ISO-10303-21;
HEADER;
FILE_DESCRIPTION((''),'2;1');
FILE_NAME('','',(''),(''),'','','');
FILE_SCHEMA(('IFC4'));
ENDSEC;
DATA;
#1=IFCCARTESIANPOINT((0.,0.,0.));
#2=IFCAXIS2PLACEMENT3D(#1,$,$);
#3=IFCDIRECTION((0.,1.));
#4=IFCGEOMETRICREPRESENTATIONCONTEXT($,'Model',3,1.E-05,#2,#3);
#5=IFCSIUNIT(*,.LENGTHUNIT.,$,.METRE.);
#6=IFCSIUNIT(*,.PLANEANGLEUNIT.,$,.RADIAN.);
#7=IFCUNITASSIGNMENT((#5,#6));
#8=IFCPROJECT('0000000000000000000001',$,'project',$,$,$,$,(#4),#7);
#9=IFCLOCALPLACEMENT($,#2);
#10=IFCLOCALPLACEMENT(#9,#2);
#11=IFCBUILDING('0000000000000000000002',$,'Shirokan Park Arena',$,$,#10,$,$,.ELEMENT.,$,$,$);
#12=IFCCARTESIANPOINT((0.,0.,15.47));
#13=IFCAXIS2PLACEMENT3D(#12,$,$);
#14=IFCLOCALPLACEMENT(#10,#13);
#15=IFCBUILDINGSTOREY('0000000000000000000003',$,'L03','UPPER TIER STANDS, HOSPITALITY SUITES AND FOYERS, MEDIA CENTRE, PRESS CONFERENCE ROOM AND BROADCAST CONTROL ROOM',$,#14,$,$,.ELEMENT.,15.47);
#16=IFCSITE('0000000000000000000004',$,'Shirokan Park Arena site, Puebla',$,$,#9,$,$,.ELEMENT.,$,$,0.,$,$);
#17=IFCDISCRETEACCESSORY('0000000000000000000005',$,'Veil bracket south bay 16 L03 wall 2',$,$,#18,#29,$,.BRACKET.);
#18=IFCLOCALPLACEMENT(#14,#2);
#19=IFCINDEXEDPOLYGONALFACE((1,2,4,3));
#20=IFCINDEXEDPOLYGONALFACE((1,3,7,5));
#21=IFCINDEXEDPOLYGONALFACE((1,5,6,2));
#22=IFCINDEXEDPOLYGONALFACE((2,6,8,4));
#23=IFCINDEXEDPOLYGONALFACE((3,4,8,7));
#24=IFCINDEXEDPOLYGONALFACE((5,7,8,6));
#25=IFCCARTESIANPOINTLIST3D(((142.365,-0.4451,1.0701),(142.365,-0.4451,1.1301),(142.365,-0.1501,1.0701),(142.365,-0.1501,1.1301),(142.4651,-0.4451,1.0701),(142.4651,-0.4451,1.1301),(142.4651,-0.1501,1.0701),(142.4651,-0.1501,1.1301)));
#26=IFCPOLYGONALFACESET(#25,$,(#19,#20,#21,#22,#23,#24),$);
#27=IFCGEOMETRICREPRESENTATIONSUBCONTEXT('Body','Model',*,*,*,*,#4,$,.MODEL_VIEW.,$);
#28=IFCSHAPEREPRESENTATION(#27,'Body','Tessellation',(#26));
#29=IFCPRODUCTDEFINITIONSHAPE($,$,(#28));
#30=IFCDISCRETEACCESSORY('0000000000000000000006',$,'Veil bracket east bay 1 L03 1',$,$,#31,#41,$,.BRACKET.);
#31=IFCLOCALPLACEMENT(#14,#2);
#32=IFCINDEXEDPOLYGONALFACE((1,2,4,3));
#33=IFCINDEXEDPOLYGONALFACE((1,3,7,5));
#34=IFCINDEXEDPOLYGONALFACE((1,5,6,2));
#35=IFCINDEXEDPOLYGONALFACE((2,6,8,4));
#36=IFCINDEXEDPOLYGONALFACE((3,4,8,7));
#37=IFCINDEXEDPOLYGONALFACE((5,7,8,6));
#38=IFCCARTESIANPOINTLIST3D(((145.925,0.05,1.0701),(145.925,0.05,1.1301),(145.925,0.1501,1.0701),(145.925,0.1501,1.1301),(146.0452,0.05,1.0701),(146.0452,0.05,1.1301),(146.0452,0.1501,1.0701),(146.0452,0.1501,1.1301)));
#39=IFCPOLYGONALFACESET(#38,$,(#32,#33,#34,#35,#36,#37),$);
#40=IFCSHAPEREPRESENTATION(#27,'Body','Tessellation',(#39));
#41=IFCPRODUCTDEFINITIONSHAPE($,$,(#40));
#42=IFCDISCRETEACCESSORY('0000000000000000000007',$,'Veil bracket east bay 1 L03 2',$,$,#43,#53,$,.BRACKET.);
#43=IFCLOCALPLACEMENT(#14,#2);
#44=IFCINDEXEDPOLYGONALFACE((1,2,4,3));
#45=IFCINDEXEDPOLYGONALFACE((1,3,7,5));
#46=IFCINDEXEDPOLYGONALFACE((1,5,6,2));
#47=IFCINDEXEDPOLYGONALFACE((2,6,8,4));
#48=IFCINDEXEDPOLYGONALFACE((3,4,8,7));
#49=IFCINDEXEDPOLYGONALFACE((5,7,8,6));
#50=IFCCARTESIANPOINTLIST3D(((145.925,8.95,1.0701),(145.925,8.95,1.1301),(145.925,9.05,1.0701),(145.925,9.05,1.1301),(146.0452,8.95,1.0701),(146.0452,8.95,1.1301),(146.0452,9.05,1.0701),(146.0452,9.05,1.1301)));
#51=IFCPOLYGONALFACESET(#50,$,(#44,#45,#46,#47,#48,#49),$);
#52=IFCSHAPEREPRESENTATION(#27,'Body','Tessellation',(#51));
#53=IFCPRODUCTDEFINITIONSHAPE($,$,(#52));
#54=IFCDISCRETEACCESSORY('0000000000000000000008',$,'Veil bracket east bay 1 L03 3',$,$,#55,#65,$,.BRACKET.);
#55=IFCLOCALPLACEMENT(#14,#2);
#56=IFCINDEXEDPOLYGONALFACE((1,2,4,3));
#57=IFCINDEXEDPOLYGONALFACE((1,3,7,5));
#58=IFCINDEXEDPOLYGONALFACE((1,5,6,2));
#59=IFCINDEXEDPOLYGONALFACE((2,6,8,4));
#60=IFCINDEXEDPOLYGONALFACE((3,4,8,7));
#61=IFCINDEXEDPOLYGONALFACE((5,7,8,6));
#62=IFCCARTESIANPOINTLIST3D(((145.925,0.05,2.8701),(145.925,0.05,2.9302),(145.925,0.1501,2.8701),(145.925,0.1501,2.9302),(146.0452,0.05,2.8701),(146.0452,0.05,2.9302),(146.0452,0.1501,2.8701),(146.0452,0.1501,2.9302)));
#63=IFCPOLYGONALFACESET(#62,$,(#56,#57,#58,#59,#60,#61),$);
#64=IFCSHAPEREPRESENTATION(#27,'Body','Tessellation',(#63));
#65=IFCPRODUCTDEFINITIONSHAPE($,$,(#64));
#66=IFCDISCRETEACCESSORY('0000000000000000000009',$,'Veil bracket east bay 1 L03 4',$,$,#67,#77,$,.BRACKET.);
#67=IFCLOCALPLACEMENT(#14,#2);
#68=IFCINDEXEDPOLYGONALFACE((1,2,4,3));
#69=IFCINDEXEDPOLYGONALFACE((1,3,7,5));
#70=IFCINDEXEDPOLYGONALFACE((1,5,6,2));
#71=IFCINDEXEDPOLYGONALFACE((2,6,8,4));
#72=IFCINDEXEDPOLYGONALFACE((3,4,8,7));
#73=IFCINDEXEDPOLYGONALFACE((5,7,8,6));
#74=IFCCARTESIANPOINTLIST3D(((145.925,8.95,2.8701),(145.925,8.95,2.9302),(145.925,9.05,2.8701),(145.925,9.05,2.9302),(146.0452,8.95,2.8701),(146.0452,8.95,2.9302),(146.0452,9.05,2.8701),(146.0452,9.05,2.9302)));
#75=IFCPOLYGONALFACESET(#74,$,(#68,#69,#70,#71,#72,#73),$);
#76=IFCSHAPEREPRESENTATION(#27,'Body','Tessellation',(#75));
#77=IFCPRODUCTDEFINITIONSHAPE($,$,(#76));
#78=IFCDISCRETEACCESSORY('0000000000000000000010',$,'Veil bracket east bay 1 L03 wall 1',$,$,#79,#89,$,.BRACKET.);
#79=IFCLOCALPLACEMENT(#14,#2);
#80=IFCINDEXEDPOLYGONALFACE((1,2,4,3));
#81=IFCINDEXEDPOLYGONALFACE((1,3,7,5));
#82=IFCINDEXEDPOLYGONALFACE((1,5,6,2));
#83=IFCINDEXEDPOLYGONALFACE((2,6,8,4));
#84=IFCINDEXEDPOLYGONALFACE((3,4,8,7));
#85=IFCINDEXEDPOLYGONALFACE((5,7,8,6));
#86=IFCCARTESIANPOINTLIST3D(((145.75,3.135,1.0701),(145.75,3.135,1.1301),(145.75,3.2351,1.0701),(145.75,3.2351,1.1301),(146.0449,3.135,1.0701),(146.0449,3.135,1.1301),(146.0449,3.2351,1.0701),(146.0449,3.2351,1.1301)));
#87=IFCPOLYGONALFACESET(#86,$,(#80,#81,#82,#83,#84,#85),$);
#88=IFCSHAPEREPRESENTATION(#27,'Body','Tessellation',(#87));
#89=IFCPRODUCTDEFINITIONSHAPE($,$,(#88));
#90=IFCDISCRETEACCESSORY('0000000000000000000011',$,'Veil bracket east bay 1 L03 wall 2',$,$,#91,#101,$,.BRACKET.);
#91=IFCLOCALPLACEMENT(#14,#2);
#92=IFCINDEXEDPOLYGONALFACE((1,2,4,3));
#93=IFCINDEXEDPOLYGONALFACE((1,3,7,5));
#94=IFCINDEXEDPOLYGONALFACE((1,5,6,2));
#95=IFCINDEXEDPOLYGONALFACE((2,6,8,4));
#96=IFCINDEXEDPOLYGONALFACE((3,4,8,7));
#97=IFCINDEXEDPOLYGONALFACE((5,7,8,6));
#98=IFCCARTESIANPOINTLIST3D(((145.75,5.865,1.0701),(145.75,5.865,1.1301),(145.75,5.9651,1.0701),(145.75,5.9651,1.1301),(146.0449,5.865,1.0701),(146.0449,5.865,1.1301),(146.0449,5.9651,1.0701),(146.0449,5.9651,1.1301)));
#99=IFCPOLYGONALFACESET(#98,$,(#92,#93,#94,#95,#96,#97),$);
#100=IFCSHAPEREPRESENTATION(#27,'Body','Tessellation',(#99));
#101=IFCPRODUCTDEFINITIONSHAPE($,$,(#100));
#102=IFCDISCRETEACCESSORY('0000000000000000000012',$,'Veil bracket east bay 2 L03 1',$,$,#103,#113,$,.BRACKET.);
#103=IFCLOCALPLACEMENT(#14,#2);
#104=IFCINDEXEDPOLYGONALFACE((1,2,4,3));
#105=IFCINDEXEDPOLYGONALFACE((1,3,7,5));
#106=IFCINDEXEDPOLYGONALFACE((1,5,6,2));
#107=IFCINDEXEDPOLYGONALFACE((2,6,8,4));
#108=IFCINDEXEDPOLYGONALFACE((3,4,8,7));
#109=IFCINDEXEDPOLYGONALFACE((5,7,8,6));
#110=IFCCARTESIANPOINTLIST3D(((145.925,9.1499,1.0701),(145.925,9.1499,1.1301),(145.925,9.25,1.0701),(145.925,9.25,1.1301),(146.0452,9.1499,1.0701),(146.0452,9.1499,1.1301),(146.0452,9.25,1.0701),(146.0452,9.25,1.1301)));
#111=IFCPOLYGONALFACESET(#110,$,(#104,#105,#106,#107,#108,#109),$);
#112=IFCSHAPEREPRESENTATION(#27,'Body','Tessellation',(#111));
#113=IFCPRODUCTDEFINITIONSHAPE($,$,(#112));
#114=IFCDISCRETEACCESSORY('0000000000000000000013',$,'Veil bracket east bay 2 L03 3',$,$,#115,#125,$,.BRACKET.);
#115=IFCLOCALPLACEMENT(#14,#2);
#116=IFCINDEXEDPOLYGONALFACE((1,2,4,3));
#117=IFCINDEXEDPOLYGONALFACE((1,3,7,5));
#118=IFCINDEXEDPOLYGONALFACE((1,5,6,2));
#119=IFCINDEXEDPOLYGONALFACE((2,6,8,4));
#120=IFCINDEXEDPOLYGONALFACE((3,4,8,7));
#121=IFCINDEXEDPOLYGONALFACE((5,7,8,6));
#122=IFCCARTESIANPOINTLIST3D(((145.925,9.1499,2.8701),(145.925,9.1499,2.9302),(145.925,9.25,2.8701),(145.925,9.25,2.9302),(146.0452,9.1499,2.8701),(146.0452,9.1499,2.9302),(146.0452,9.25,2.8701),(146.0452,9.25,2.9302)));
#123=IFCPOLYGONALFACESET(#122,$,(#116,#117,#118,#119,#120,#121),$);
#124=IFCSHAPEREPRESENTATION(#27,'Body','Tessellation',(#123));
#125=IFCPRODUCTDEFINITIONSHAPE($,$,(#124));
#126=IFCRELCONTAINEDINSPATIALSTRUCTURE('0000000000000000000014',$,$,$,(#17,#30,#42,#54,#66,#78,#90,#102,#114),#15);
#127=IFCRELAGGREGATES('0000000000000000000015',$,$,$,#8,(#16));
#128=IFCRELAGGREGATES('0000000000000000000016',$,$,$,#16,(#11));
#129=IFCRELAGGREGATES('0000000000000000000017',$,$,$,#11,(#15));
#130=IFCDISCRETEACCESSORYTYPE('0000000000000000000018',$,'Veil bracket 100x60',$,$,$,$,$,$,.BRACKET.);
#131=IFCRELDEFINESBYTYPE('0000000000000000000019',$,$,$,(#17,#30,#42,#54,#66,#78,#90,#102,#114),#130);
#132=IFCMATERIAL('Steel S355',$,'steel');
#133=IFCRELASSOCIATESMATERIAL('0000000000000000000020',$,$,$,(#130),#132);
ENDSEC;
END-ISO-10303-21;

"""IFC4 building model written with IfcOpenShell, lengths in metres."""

from ifc_helpers import new_model, si_unit, direction, frame, origin, origin_2d, place, context, subcontext, project, spatial, rectangle, extrude, material, type_object, element, save


model = new_model("IFC4")

# Units and contexts
model_context = context("Model", 3, precision=1e-05, world=origin(), true_north=direction((0.0, 1.0)))
body_context = subcontext(model_context, "Body", "Model", "MODEL_VIEW")
ifc_project = project(units=[si_unit("LENGTHUNIT", "METRE"), si_unit("PLANEANGLEUNIT", "RADIAN")], contexts=[model_context])

# Site, building, storey
site_placement = place(None, origin())
site = spatial("IfcSite", under=ifc_project, at=site_placement, Name="Shirokan Park Arena site, Puebla", CompositionType="ELEMENT", RefElevation=0.0)
building_placement = place(site_placement, origin())
building = spatial("IfcBuilding", under=site, at=building_placement, Name="Shirokan Park Arena", CompositionType="ELEMENT")
storey_placement = place(building_placement, frame((0.0, 0.0, 15.47)))
storey = spatial("IfcBuildingStorey", under=building, at=storey_placement, Name="L03", Description="UPPER TIER STANDS, HOSPITALITY SUITES AND FOYERS, MEDIA CENTRE, PRESS CONFERENCE ROOM AND BROADCAST CONTROL ROOM", CompositionType="ELEMENT", Elevation=15.47)

# Discrete accessories
ifc_material_1 = material(Name="Steel S355", Category="steel")
discrete_accessory_type = type_object("IfcDiscreteAccessoryType", Name="Veil bracket 100x60", PredefinedType="BRACKET", material=ifc_material_1)
discrete_accessory_placement = place(storey_placement, frame((142.415, -0.2976, 1.0701), z_axis=(0.0, 0.0, 1.0), x_axis=(1.0, 0.0, 0.0)))
element("IfcDiscreteAccessory", 1, at=discrete_accessory_placement, inside=storey, type_object=discrete_accessory_type, Name="Veil bracket south bay 16 L03 wall 2", PredefinedType="BRACKET", context=body_context, shape_type="SweptSolid", body=[
    extrude(rectangle(XDim=0.1001, YDim=0.2949, at=origin_2d()), origin(), (0.0, 0.0, 1.0), 0.0601),
])
for number, where, z_axis, x_axis, name in (
    (2, (145.9851, 0.1001, 1.0701), (0.0, 0.0, 1.0), (0.0, 1.0, 0.0), "Veil bracket east bay 1 L03 1"),
    (3, (145.9851, 9.0, 1.0701), (0.0, 0.0, 1.0), (0.0, 1.0, 0.0), "Veil bracket east bay 1 L03 2"),
    (4, (145.9851, 0.1001, 2.8701), (0.0, 0.0, 1.0), (0.0, 1.0, 0.0), "Veil bracket east bay 1 L03 3"),
    (5, (145.9851, 9.0, 2.8701), (0.0, 0.0, 1.0), (0.0, 1.0, 0.0), "Veil bracket east bay 1 L03 4"),
):
    element("IfcDiscreteAccessory", number, at=place(storey_placement, frame(where, z_axis=z_axis, x_axis=x_axis)), inside=storey, type_object=discrete_accessory_type, Name=name, PredefinedType="BRACKET", context=body_context, shape_type="SweptSolid", body=[
        extrude(rectangle(XDim=0.1001, YDim=0.1201, at=origin_2d()), origin(), (0.0, 0.0, 1.0), 0.0601),
    ])
for number, where, z_axis, x_axis, name in (
    (6, (145.8975, 3.1851, 1.0701), (0.0, 0.0, 1.0), (0.0, 1.0, 0.0), "Veil bracket east bay 1 L03 wall 1"),
    (7, (145.8975, 5.915, 1.0701), (0.0, 0.0, 1.0), (0.0, 1.0, 0.0), "Veil bracket east bay 1 L03 wall 2"),
):
    element("IfcDiscreteAccessory", number, at=place(storey_placement, frame(where, z_axis=z_axis, x_axis=x_axis)), inside=storey, type_object=discrete_accessory_type, Name=name, PredefinedType="BRACKET", context=body_context, shape_type="SweptSolid", body=[
        extrude(rectangle(XDim=0.1001, YDim=0.2949, at=origin_2d()), origin(), (0.0, 0.0, 1.0), 0.0601),
    ])
for number, where, z_axis, x_axis, name in (
    (8, (145.9851, 9.2, 1.0701), (0.0, 0.0, 1.0), (0.0, 1.0, 0.0), "Veil bracket east bay 2 L03 1"),
    (9, (145.9851, 9.2, 2.8701), (0.0, 0.0, 1.0), (0.0, 1.0, 0.0), "Veil bracket east bay 2 L03 3"),
):
    element("IfcDiscreteAccessory", number, at=place(storey_placement, frame(where, z_axis=z_axis, x_axis=x_axis)), inside=storey, type_object=discrete_accessory_type, Name=name, PredefinedType="BRACKET", context=body_context, shape_type="SweptSolid", body=[
        extrude(rectangle(XDim=0.1001, YDim=0.1201, at=origin_2d()), origin(), (0.0, 0.0, 1.0), 0.0601),
    ])

save(model, "model.ifc")
